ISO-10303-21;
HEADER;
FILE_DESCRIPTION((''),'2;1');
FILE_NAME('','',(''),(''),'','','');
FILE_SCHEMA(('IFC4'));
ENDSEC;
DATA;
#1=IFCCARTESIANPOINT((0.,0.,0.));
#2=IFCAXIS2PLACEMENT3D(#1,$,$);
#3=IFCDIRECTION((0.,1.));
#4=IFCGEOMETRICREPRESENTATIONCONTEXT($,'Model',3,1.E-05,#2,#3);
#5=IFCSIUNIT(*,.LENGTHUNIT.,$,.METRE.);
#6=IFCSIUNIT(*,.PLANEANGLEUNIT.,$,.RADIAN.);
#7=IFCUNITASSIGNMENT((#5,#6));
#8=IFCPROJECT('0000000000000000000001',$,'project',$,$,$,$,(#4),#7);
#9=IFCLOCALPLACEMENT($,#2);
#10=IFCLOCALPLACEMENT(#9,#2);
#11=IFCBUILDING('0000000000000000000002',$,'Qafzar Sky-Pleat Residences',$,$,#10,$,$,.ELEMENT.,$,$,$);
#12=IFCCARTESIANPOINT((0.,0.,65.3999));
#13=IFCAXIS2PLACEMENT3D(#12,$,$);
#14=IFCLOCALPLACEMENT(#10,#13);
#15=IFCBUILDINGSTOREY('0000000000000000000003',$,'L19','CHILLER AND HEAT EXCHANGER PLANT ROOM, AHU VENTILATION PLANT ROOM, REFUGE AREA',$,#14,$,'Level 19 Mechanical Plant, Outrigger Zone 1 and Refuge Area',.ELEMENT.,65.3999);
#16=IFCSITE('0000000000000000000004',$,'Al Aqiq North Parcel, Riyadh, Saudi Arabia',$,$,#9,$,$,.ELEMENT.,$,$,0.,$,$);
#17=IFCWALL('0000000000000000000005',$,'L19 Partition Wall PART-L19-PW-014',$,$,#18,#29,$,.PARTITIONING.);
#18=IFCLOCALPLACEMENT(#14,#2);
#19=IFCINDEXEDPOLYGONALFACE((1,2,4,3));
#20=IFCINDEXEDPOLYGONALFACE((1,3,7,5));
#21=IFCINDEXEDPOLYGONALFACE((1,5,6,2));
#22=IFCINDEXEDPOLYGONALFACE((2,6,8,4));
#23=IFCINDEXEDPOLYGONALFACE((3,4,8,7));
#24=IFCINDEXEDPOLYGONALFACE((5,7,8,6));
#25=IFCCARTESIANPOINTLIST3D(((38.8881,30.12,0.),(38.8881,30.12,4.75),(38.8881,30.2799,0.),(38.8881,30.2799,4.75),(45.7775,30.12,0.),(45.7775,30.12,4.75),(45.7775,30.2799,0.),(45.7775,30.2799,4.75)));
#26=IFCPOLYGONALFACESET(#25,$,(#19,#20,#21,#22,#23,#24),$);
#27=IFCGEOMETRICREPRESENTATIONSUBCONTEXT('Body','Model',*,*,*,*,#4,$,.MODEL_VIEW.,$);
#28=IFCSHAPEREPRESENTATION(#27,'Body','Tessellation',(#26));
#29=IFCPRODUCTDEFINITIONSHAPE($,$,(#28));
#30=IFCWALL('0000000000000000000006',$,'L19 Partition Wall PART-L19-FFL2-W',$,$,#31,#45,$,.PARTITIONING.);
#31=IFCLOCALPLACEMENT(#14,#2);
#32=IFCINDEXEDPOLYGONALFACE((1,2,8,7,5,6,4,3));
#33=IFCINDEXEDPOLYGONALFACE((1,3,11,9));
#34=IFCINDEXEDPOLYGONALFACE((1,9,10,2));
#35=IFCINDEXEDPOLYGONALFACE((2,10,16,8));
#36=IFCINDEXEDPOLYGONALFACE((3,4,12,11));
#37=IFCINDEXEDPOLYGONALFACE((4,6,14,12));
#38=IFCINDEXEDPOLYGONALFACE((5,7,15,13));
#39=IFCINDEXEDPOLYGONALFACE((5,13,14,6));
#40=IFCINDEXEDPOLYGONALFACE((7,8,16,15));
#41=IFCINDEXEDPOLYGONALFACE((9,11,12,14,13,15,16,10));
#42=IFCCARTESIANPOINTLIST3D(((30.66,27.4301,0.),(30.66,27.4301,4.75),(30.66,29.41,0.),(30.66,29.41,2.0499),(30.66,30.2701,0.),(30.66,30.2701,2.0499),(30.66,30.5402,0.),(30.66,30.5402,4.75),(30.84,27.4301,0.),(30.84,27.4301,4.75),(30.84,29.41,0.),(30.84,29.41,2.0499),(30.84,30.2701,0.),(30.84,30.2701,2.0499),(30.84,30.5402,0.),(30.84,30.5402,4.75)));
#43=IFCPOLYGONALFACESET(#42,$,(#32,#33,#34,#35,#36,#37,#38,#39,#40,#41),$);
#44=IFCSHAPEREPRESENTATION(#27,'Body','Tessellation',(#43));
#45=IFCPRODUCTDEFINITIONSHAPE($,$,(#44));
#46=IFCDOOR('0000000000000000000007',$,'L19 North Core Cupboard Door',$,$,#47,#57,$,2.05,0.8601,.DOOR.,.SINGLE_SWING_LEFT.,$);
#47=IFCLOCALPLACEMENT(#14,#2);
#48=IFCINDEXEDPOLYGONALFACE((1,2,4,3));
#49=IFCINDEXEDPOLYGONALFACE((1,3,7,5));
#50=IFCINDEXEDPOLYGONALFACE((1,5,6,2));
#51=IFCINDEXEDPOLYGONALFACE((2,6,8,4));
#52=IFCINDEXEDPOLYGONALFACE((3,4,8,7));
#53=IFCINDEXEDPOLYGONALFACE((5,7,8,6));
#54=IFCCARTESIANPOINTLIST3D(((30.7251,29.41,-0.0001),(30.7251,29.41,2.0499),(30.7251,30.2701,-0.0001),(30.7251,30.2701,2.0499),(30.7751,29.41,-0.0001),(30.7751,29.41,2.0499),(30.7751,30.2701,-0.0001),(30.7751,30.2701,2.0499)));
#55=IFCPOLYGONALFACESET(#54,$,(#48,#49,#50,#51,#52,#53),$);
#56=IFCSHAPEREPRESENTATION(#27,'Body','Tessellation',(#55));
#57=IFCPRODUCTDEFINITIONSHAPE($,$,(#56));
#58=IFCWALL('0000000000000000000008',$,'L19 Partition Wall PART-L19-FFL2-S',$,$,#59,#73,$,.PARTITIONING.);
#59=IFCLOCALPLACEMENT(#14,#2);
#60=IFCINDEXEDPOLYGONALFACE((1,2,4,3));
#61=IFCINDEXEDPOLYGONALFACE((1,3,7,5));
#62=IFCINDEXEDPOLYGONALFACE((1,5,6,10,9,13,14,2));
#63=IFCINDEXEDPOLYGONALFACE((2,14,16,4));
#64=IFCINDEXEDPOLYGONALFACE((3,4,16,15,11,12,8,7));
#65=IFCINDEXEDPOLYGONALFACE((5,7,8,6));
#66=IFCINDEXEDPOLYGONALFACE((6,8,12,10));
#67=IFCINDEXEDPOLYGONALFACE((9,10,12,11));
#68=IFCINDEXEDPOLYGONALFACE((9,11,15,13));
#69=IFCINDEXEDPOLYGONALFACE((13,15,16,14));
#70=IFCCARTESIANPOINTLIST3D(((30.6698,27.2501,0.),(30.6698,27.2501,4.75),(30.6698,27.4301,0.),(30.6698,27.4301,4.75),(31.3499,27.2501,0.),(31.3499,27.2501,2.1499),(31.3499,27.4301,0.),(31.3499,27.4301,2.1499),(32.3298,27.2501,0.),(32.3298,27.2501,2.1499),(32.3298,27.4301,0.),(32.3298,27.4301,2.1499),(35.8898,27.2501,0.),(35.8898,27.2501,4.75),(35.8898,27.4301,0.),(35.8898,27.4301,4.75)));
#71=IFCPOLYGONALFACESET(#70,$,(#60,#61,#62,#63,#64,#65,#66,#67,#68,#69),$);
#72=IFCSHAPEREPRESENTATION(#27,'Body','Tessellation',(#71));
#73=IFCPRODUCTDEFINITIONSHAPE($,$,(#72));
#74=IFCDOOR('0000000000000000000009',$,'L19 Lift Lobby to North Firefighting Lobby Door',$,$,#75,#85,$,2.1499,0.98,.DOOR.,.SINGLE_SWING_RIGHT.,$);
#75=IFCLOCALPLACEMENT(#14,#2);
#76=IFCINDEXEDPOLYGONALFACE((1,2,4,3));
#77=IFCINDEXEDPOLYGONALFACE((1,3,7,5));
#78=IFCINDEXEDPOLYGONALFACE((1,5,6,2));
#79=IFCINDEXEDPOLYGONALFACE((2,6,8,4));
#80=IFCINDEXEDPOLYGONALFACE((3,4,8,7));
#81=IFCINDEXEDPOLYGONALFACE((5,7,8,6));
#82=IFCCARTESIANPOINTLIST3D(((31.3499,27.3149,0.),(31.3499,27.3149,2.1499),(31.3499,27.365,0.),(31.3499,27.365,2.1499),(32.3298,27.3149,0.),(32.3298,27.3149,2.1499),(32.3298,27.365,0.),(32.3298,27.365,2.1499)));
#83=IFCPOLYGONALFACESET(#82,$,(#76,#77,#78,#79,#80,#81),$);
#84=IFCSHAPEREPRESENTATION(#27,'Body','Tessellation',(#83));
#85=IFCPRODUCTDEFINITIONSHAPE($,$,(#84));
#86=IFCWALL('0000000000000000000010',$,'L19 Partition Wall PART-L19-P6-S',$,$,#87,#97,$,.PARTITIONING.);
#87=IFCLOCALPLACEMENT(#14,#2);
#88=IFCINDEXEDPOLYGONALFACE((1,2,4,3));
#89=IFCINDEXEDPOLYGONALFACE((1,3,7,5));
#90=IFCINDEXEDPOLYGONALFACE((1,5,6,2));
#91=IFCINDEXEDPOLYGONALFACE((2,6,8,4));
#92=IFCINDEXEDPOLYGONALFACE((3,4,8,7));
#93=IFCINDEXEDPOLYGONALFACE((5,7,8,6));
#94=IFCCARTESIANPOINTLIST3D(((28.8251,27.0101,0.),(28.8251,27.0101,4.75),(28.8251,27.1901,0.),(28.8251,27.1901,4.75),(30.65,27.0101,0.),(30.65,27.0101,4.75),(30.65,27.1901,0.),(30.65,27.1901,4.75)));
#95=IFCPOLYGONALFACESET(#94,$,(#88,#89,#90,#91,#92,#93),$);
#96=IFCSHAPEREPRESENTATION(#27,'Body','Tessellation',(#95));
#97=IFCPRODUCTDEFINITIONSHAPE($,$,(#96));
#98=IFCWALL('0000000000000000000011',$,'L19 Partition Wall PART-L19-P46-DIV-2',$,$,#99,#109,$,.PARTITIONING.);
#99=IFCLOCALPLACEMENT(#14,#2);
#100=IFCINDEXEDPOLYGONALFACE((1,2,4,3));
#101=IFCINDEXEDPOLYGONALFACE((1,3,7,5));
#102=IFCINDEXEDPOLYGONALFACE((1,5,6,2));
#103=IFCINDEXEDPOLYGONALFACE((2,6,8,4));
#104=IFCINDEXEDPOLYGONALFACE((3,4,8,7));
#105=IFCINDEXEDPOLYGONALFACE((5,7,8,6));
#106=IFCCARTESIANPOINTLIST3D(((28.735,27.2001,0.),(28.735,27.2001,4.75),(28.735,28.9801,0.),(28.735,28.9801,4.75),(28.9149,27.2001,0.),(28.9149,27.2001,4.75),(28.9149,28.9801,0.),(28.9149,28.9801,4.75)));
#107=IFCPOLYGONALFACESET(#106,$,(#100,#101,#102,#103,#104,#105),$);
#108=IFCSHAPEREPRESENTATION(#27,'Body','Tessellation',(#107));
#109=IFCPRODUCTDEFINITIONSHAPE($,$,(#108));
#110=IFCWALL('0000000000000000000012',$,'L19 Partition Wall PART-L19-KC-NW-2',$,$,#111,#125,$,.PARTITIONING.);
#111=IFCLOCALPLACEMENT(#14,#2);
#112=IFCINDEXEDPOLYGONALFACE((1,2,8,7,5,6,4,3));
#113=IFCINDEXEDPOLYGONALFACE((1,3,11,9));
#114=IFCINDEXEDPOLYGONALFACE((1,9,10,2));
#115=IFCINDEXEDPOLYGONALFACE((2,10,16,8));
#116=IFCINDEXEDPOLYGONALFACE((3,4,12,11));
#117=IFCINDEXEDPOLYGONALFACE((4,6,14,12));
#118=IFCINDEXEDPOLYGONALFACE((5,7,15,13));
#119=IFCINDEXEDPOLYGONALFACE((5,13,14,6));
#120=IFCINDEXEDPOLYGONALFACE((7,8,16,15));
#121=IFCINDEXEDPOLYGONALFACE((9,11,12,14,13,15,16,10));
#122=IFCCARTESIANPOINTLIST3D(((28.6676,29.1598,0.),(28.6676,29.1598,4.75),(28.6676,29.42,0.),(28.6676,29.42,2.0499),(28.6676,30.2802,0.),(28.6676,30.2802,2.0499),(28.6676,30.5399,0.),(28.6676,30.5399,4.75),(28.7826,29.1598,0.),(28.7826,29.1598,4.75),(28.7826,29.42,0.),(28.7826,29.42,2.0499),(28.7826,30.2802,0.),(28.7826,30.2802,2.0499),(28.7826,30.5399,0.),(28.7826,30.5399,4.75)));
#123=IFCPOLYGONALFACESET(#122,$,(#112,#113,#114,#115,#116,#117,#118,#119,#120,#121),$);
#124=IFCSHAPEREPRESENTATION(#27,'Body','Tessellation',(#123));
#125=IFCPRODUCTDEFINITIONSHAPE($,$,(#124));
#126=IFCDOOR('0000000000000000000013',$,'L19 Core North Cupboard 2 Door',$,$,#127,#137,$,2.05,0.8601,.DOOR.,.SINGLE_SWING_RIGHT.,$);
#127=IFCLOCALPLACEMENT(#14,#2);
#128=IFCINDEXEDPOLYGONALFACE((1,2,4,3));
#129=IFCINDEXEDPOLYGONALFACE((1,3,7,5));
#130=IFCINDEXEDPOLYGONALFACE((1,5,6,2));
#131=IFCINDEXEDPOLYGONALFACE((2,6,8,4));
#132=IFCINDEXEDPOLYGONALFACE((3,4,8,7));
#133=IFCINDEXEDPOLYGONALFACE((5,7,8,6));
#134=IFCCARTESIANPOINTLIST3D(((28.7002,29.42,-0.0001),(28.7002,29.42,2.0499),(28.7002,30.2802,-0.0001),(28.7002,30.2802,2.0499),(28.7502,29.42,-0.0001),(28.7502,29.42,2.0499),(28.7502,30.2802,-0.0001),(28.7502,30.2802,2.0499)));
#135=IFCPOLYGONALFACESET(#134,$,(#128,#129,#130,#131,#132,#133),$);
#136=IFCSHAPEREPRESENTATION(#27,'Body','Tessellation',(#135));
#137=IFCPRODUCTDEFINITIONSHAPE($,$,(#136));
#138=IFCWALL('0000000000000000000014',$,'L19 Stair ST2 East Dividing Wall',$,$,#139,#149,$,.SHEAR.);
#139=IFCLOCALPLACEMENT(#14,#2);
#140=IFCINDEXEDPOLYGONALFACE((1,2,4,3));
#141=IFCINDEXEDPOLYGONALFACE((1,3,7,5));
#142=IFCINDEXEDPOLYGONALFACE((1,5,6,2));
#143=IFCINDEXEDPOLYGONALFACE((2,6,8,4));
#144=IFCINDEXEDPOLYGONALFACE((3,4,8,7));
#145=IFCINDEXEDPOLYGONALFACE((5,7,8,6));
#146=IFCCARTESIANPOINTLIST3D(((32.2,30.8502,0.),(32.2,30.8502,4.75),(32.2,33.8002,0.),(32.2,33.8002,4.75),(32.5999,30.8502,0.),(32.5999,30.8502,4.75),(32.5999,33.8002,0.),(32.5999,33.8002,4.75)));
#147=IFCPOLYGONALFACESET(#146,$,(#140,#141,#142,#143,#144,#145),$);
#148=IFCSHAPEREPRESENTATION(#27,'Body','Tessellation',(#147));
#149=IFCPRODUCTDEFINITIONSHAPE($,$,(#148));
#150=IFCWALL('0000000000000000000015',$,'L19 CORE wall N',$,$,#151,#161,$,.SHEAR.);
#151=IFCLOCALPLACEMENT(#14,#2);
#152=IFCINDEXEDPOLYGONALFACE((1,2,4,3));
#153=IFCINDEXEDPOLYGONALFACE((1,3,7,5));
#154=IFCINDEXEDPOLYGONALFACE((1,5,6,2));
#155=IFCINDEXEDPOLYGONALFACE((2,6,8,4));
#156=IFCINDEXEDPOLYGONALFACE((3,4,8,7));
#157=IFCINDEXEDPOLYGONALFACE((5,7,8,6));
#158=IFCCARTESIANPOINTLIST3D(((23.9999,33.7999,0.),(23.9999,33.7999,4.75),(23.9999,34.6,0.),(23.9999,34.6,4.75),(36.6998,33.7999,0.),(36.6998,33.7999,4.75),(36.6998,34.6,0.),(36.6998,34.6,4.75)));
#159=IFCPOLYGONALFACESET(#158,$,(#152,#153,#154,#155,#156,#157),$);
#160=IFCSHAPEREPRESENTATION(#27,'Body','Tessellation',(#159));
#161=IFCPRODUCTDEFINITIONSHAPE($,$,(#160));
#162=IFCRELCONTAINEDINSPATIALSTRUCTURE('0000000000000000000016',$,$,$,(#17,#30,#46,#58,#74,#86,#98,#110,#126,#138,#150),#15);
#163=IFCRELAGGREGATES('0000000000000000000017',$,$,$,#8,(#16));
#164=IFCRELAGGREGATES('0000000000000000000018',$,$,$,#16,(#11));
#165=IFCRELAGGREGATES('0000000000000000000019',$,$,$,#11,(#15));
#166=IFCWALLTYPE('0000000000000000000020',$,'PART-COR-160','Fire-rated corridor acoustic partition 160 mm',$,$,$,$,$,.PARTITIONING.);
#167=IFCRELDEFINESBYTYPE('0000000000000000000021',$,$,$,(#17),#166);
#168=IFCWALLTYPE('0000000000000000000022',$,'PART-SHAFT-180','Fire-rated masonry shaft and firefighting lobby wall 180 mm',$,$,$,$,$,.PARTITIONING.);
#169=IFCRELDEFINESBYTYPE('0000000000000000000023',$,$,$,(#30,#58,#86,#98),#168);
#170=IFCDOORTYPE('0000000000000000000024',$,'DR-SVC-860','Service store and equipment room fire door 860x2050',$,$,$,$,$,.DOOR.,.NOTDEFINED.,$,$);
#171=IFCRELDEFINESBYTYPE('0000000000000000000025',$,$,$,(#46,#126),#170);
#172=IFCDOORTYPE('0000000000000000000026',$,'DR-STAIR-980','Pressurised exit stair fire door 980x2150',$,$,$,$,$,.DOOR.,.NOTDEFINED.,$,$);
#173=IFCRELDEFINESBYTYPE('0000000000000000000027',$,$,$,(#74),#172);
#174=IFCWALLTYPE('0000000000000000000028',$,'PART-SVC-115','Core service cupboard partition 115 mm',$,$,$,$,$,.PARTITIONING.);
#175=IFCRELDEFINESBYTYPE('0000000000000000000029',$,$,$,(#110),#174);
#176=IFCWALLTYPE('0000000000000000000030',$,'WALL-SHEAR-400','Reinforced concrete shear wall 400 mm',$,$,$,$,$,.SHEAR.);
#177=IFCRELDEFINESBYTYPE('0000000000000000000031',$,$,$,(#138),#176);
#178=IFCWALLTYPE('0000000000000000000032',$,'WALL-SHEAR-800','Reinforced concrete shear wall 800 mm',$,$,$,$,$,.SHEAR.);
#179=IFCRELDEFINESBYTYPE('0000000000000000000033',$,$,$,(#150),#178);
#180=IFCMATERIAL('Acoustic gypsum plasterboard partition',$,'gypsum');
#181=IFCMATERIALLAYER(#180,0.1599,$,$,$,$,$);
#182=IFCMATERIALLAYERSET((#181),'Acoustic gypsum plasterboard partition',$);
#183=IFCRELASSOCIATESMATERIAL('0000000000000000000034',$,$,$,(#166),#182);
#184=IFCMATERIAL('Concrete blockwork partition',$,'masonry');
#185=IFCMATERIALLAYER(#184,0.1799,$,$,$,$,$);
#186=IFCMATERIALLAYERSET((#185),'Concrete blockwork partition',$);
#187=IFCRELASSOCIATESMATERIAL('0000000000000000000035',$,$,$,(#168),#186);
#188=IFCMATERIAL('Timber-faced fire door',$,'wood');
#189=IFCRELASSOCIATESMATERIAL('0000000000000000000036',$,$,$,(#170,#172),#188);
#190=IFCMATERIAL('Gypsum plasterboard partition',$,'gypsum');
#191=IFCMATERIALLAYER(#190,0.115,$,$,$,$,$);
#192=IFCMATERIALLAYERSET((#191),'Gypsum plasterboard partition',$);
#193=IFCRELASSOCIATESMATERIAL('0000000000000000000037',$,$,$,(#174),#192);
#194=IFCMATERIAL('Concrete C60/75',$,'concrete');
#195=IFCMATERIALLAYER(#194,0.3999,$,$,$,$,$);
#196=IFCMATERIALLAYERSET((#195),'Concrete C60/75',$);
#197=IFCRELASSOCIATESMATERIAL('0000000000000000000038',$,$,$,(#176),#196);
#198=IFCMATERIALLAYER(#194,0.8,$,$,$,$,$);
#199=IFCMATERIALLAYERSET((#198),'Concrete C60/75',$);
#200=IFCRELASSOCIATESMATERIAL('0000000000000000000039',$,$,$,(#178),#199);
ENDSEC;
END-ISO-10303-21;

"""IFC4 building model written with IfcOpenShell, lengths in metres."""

from ifc_helpers import new_model, si_unit, direction, frame, frame_2d, origin, place, context, subcontext, project, spatial, rectangle, extrude, source, transform, mapped, material, layer, layer_set, type_object, element, fill, save


model = new_model("IFC4")

# Units and contexts
model_context = context("Model", 3, precision=1e-05, world=origin(), true_north=direction((0.0, 1.0)))
body_context = subcontext(model_context, "Body", "Model", "MODEL_VIEW")
ifc_project = project(units=[si_unit("LENGTHUNIT", "METRE"), si_unit("PLANEANGLEUNIT", "RADIAN")], contexts=[model_context])

# Site, building, storey
site_placement = place(None, origin())
site = spatial("IfcSite", under=ifc_project, at=site_placement, Name="Al Aqiq North Parcel, Riyadh, Saudi Arabia", CompositionType="ELEMENT", RefElevation=0.0)
building_placement = place(site_placement, origin())
building = spatial("IfcBuilding", under=site, at=building_placement, Name="Qafzar Sky-Pleat Residences", CompositionType="ELEMENT")
storey_placement = place(building_placement, frame((0.0, 0.0, 65.3999)))
storey = spatial("IfcBuildingStorey", under=building, at=storey_placement, Name="L19", Description="CHILLER AND HEAT EXCHANGER PLANT ROOM, AHU VENTILATION PLANT ROOM, REFUGE AREA", LongName="Level 19 Mechanical Plant, Outrigger Zone 1 and Refuge Area", CompositionType="ELEMENT", Elevation=65.3999)

# Shared definitions
ifc_material_1 = material(Name="Acoustic gypsum plasterboard partition", Category="gypsum")
ifc_layer_1 = layer(ifc_material_1, 0.1599)
ifc_layer_set_1 = layer_set([ifc_layer_1], Name="Acoustic gypsum plasterboard partition")
wall_type_1 = type_object("IfcWallType", Name="PART-COR-160", Description="Fire-rated corridor acoustic partition 160 mm", PredefinedType="PARTITIONING", material=ifc_layer_set_1)
ifc_material_2 = material(Name="Timber-faced fire door", Category="wood")

# Wall
wall_1_placement = place(storey_placement, frame((38.8879, 30.2, 0.0), z_axis=(0.0, 0.0, 1.0), x_axis=(1.0, 0.0, 0.0)))
element("IfcWall", 1, at=wall_1_placement, inside=storey, type_object=wall_type_1, Name="L19 Partition Wall PART-L19-PW-014", PredefinedType="PARTITIONING", context=body_context, shape_type="SweptSolid", body=[
    extrude(rectangle(XDim=6.8894, YDim=0.1599, at=frame_2d((3.4448, 0.0))), origin(), (0.0, 0.0, 1.0), 4.75),
])

# Walls, openings, doors
ifc_material_3 = material(Name="Concrete blockwork partition", Category="masonry")
ifc_layer_2 = layer(ifc_material_3, 0.1799)
ifc_layer_set_2 = layer_set([ifc_layer_2], Name="Concrete blockwork partition")
wall_type_2 = type_object("IfcWallType", Name="PART-SHAFT-180", Description="Fire-rated masonry shaft and firefighting lobby wall 180 mm", PredefinedType="PARTITIONING", material=ifc_layer_set_2)
wall_2_placement = place(storey_placement, frame((30.75, 27.4299, 0.0), z_axis=(0.0, 0.0, 1.0), x_axis=(0.0, 1.0, 0.0)))
wall_2 = element("IfcWall", 2, at=wall_2_placement, inside=storey, type_object=wall_type_2, Name="L19 Partition Wall PART-L19-FFL2-W", PredefinedType="PARTITIONING", context=body_context, shape_type="SweptSolid", body=[
    extrude(rectangle(XDim=3.1101, YDim=0.1799, at=frame_2d((1.5552, 0.0))), origin(), (0.0, 0.0, 1.0), 4.75),
])
opening_1_placement = place(wall_2_placement, frame((1.98, 0.0, 0.0)))
opening_1 = element("IfcOpeningElement", 3, at=opening_1_placement, cuts=wall_2, PredefinedType="OPENING", context=body_context, shape_type="SweptSolid", body=[
    extrude(rectangle(XDim=0.8601, YDim=2.05, at=frame_2d((0.4302, 1.0249))), frame((0.0, 0.1001, 0.0), z_axis=(0.0, -1.0, 0.0), x_axis=(1.0, 0.0, 0.0)), (0.0, 0.0, 1.0), 0.2),
])
door_type_1 = type_object("IfcDoorType", Name="DR-SVC-860", Description="Service store and equipment room fire door 860x2050", OperationType="NOTDEFINED", PredefinedType="DOOR", material=ifc_material_2)
shared_shape_1 = source(origin(), body_context, "Body", "SweptSolid", [
    extrude(rectangle(XDim=0.8601, YDim=2.05, at=frame_2d((0.4302, 1.0249))), frame((0.0, 0.0249, 0.0), z_axis=(0.0, -1.0, 0.0), x_axis=(1.0, 0.0, 0.0)), (0.0, 0.0, 1.0), 0.05),
])
door_1_placement = place(opening_1_placement, origin())
door_1 = element("IfcDoor", 4, at=door_1_placement, inside=storey, type_object=door_type_1, Name="L19 North Core Cupboard Door", OperationType="SINGLE_SWING_LEFT", OverallHeight=2.05, OverallWidth=0.8601, PredefinedType="DOOR", context=body_context, shape_type="MappedRepresentation", body=[
    mapped(shared_shape_1, transform((0.0, 0.0, 0.0), x_axis=(1.0, 0.0, 0.0), y_axis=(0.0, 1.0, 0.0), z_axis=(0.0, 0.0, 1.0), scale=1.0)),
])
fill(opening_1, door_1)
wall_3_placement = place(storey_placement, frame((30.6699, 27.3401, 0.0), z_axis=(0.0, 0.0, 1.0), x_axis=(1.0, 0.0, 0.0)))
wall_3 = element("IfcWall", 5, at=wall_3_placement, inside=storey, type_object=wall_type_2, Name="L19 Partition Wall PART-L19-FFL2-S", PredefinedType="PARTITIONING", context=body_context, shape_type="SweptSolid", body=[
    extrude(rectangle(XDim=5.22, YDim=0.1799, at=frame_2d((2.6099, 0.0))), origin(), (0.0, 0.0, 1.0), 4.75),
])
opening_2_placement = place(wall_3_placement, frame((0.6799, 0.0, 0.0)))
opening_2 = element("IfcOpeningElement", 6, at=opening_2_placement, cuts=wall_3, PredefinedType="OPENING", context=body_context, shape_type="SweptSolid", body=[
    extrude(rectangle(XDim=0.98, YDim=2.1499, at=frame_2d((0.49, 1.075))), frame((0.0, 0.1001, 0.0), z_axis=(0.0, -1.0, 0.0), x_axis=(1.0, 0.0, 0.0)), (0.0, 0.0, 1.0), 0.2),
])
door_type_2 = type_object("IfcDoorType", Name="DR-STAIR-980", Description="Pressurised exit stair fire door 980x2150", OperationType="NOTDEFINED", PredefinedType="DOOR", material=ifc_material_2)
shared_shape_2 = source(origin(), body_context, "Body", "SweptSolid", [
    extrude(rectangle(XDim=0.98, YDim=2.1499, at=frame_2d((0.49, 1.075))), frame((0.0, 0.0249, 0.0), z_axis=(0.0, -1.0, 0.0), x_axis=(1.0, 0.0, 0.0)), (0.0, 0.0, 1.0), 0.05),
])
door_2_placement = place(opening_2_placement, origin())
door_2 = element("IfcDoor", 7, at=door_2_placement, inside=storey, type_object=door_type_2, Name="L19 Lift Lobby to North Firefighting Lobby Door", OperationType="SINGLE_SWING_RIGHT", OverallHeight=2.1499, OverallWidth=0.98, PredefinedType="DOOR", context=body_context, shape_type="MappedRepresentation", body=[
    mapped(shared_shape_2, transform((0.0, 0.0, 0.0), x_axis=(1.0, 0.0, 0.0), y_axis=(0.0, 1.0, 0.0), z_axis=(0.0, 0.0, 1.0), scale=1.0)),
])
fill(opening_2, door_2)

# Walls
wall_4_placement = place(storey_placement, frame((28.825, 27.1001, 0.0), z_axis=(0.0, 0.0, 1.0), x_axis=(1.0, 0.0, 0.0)))
element("IfcWall", 8, at=wall_4_placement, inside=storey, type_object=wall_type_2, Name="L19 Partition Wall PART-L19-P6-S", PredefinedType="PARTITIONING", context=body_context, shape_type="SweptSolid", body=[
    extrude(rectangle(XDim=1.825, YDim=0.1799, at=frame_2d((0.9126, 0.0))), origin(), (0.0, 0.0, 1.0), 4.75),
])
wall_5_placement = place(storey_placement, frame((28.825, 27.2, 0.0), z_axis=(0.0, 0.0, 1.0), x_axis=(0.0, 1.0, 0.0)))
element("IfcWall", 9, at=wall_5_placement, inside=storey, type_object=wall_type_2, Name="L19 Partition Wall PART-L19-P46-DIV-2", PredefinedType="PARTITIONING", context=body_context, shape_type="SweptSolid", body=[
    extrude(rectangle(XDim=1.78, YDim=0.1799, at=frame_2d((0.8901, 0.0))), origin(), (0.0, 0.0, 1.0), 4.75),
])

# Wall, opening, door
ifc_material_4 = material(Name="Gypsum plasterboard partition", Category="gypsum")
ifc_layer_3 = layer(ifc_material_4, 0.115)
ifc_layer_set_3 = layer_set([ifc_layer_3], Name="Gypsum plasterboard partition")
wall_type_3 = type_object("IfcWallType", Name="PART-SVC-115", Description="Core service cupboard partition 115 mm", PredefinedType="PARTITIONING", material=ifc_layer_set_3)
wall_6_placement = place(storey_placement, frame((28.7251, 29.1599, 0.0), z_axis=(0.0, 0.0, 1.0), x_axis=(0.0, 1.0, 0.0)))
wall_6 = element("IfcWall", 10, at=wall_6_placement, inside=storey, type_object=wall_type_3, Name="L19 Partition Wall PART-L19-KC-NW-2", PredefinedType="PARTITIONING", context=body_context, shape_type="SweptSolid", body=[
    extrude(rectangle(XDim=1.3801, YDim=0.115, at=frame_2d((0.6899, 0.0))), origin(), (0.0, 0.0, 1.0), 4.75),
])
opening_3_placement = place(wall_6_placement, frame((0.26, 0.0, 0.0)))
opening_3 = element("IfcOpeningElement", 11, at=opening_3_placement, cuts=wall_6, PredefinedType="OPENING", context=body_context, shape_type="SweptSolid", body=[
    extrude(rectangle(XDim=0.8601, YDim=2.05, at=frame_2d((0.4302, 1.0249))), frame((0.0, 0.0674, 0.0), z_axis=(0.0, -1.0, 0.0), x_axis=(1.0, 0.0, 0.0)), (0.0, 0.0, 1.0), 0.135),
])
door_3_placement = place(opening_3_placement, origin())
door_3 = element("IfcDoor", 12, at=door_3_placement, inside=storey, type_object=door_type_1, Name="L19 Core North Cupboard 2 Door", OperationType="SINGLE_SWING_RIGHT", OverallHeight=2.05, OverallWidth=0.8601, PredefinedType="DOOR", context=body_context, shape_type="MappedRepresentation", body=[
    mapped(shared_shape_1, transform((0.0, 0.0, 0.0), x_axis=(1.0, 0.0, 0.0), y_axis=(0.0, 1.0, 0.0), z_axis=(0.0, 0.0, 1.0), scale=1.0)),
])
fill(opening_3, door_3)

# Walls
ifc_material_5 = material(Name="Concrete C60/75", Category="concrete")
ifc_layer_4 = layer(ifc_material_5, 0.3999)
ifc_layer_set_4 = layer_set([ifc_layer_4], Name="Concrete C60/75")
wall_type_4 = type_object("IfcWallType", Name="WALL-SHEAR-400", Description="Reinforced concrete shear wall 400 mm", PredefinedType="SHEAR", material=ifc_layer_set_4)
wall_7_placement = place(storey_placement, frame((32.3999, 30.8501, 0.0), z_axis=(0.0, 0.0, 1.0), x_axis=(0.0, 1.0, 0.0)))
element("IfcWall", 13, at=wall_7_placement, inside=storey, type_object=wall_type_4, Name="L19 Stair ST2 East Dividing Wall", PredefinedType="SHEAR", context=body_context, shape_type="SweptSolid", body=[
    extrude(rectangle(XDim=2.95, YDim=0.3999, at=frame_2d((1.4751, 0.0))), origin(), (0.0, 0.0, 1.0), 4.75),
])
ifc_layer_5 = layer(ifc_material_5, 0.8)
ifc_layer_set_5 = layer_set([ifc_layer_5], Name="Concrete C60/75")
wall_type_5 = type_object("IfcWallType", Name="WALL-SHEAR-800", Description="Reinforced concrete shear wall 800 mm", PredefinedType="SHEAR", material=ifc_layer_set_5)
wall_8_placement = place(storey_placement, frame((36.7, 34.2, 0.0), z_axis=(0.0, 0.0, 1.0), x_axis=(-1.0, 0.0, 0.0)))
element("IfcWall", 14, at=wall_8_placement, inside=storey, type_object=wall_type_5, Name="L19 CORE wall N", PredefinedType="SHEAR", context=body_context, shape_type="SweptSolid", body=[
    extrude(rectangle(XDim=12.7, YDim=0.8, at=frame_2d((6.3501, 0.0))), origin(), (0.0, 0.0, 1.0), 4.75),
])

save(model, "model.ifc")
